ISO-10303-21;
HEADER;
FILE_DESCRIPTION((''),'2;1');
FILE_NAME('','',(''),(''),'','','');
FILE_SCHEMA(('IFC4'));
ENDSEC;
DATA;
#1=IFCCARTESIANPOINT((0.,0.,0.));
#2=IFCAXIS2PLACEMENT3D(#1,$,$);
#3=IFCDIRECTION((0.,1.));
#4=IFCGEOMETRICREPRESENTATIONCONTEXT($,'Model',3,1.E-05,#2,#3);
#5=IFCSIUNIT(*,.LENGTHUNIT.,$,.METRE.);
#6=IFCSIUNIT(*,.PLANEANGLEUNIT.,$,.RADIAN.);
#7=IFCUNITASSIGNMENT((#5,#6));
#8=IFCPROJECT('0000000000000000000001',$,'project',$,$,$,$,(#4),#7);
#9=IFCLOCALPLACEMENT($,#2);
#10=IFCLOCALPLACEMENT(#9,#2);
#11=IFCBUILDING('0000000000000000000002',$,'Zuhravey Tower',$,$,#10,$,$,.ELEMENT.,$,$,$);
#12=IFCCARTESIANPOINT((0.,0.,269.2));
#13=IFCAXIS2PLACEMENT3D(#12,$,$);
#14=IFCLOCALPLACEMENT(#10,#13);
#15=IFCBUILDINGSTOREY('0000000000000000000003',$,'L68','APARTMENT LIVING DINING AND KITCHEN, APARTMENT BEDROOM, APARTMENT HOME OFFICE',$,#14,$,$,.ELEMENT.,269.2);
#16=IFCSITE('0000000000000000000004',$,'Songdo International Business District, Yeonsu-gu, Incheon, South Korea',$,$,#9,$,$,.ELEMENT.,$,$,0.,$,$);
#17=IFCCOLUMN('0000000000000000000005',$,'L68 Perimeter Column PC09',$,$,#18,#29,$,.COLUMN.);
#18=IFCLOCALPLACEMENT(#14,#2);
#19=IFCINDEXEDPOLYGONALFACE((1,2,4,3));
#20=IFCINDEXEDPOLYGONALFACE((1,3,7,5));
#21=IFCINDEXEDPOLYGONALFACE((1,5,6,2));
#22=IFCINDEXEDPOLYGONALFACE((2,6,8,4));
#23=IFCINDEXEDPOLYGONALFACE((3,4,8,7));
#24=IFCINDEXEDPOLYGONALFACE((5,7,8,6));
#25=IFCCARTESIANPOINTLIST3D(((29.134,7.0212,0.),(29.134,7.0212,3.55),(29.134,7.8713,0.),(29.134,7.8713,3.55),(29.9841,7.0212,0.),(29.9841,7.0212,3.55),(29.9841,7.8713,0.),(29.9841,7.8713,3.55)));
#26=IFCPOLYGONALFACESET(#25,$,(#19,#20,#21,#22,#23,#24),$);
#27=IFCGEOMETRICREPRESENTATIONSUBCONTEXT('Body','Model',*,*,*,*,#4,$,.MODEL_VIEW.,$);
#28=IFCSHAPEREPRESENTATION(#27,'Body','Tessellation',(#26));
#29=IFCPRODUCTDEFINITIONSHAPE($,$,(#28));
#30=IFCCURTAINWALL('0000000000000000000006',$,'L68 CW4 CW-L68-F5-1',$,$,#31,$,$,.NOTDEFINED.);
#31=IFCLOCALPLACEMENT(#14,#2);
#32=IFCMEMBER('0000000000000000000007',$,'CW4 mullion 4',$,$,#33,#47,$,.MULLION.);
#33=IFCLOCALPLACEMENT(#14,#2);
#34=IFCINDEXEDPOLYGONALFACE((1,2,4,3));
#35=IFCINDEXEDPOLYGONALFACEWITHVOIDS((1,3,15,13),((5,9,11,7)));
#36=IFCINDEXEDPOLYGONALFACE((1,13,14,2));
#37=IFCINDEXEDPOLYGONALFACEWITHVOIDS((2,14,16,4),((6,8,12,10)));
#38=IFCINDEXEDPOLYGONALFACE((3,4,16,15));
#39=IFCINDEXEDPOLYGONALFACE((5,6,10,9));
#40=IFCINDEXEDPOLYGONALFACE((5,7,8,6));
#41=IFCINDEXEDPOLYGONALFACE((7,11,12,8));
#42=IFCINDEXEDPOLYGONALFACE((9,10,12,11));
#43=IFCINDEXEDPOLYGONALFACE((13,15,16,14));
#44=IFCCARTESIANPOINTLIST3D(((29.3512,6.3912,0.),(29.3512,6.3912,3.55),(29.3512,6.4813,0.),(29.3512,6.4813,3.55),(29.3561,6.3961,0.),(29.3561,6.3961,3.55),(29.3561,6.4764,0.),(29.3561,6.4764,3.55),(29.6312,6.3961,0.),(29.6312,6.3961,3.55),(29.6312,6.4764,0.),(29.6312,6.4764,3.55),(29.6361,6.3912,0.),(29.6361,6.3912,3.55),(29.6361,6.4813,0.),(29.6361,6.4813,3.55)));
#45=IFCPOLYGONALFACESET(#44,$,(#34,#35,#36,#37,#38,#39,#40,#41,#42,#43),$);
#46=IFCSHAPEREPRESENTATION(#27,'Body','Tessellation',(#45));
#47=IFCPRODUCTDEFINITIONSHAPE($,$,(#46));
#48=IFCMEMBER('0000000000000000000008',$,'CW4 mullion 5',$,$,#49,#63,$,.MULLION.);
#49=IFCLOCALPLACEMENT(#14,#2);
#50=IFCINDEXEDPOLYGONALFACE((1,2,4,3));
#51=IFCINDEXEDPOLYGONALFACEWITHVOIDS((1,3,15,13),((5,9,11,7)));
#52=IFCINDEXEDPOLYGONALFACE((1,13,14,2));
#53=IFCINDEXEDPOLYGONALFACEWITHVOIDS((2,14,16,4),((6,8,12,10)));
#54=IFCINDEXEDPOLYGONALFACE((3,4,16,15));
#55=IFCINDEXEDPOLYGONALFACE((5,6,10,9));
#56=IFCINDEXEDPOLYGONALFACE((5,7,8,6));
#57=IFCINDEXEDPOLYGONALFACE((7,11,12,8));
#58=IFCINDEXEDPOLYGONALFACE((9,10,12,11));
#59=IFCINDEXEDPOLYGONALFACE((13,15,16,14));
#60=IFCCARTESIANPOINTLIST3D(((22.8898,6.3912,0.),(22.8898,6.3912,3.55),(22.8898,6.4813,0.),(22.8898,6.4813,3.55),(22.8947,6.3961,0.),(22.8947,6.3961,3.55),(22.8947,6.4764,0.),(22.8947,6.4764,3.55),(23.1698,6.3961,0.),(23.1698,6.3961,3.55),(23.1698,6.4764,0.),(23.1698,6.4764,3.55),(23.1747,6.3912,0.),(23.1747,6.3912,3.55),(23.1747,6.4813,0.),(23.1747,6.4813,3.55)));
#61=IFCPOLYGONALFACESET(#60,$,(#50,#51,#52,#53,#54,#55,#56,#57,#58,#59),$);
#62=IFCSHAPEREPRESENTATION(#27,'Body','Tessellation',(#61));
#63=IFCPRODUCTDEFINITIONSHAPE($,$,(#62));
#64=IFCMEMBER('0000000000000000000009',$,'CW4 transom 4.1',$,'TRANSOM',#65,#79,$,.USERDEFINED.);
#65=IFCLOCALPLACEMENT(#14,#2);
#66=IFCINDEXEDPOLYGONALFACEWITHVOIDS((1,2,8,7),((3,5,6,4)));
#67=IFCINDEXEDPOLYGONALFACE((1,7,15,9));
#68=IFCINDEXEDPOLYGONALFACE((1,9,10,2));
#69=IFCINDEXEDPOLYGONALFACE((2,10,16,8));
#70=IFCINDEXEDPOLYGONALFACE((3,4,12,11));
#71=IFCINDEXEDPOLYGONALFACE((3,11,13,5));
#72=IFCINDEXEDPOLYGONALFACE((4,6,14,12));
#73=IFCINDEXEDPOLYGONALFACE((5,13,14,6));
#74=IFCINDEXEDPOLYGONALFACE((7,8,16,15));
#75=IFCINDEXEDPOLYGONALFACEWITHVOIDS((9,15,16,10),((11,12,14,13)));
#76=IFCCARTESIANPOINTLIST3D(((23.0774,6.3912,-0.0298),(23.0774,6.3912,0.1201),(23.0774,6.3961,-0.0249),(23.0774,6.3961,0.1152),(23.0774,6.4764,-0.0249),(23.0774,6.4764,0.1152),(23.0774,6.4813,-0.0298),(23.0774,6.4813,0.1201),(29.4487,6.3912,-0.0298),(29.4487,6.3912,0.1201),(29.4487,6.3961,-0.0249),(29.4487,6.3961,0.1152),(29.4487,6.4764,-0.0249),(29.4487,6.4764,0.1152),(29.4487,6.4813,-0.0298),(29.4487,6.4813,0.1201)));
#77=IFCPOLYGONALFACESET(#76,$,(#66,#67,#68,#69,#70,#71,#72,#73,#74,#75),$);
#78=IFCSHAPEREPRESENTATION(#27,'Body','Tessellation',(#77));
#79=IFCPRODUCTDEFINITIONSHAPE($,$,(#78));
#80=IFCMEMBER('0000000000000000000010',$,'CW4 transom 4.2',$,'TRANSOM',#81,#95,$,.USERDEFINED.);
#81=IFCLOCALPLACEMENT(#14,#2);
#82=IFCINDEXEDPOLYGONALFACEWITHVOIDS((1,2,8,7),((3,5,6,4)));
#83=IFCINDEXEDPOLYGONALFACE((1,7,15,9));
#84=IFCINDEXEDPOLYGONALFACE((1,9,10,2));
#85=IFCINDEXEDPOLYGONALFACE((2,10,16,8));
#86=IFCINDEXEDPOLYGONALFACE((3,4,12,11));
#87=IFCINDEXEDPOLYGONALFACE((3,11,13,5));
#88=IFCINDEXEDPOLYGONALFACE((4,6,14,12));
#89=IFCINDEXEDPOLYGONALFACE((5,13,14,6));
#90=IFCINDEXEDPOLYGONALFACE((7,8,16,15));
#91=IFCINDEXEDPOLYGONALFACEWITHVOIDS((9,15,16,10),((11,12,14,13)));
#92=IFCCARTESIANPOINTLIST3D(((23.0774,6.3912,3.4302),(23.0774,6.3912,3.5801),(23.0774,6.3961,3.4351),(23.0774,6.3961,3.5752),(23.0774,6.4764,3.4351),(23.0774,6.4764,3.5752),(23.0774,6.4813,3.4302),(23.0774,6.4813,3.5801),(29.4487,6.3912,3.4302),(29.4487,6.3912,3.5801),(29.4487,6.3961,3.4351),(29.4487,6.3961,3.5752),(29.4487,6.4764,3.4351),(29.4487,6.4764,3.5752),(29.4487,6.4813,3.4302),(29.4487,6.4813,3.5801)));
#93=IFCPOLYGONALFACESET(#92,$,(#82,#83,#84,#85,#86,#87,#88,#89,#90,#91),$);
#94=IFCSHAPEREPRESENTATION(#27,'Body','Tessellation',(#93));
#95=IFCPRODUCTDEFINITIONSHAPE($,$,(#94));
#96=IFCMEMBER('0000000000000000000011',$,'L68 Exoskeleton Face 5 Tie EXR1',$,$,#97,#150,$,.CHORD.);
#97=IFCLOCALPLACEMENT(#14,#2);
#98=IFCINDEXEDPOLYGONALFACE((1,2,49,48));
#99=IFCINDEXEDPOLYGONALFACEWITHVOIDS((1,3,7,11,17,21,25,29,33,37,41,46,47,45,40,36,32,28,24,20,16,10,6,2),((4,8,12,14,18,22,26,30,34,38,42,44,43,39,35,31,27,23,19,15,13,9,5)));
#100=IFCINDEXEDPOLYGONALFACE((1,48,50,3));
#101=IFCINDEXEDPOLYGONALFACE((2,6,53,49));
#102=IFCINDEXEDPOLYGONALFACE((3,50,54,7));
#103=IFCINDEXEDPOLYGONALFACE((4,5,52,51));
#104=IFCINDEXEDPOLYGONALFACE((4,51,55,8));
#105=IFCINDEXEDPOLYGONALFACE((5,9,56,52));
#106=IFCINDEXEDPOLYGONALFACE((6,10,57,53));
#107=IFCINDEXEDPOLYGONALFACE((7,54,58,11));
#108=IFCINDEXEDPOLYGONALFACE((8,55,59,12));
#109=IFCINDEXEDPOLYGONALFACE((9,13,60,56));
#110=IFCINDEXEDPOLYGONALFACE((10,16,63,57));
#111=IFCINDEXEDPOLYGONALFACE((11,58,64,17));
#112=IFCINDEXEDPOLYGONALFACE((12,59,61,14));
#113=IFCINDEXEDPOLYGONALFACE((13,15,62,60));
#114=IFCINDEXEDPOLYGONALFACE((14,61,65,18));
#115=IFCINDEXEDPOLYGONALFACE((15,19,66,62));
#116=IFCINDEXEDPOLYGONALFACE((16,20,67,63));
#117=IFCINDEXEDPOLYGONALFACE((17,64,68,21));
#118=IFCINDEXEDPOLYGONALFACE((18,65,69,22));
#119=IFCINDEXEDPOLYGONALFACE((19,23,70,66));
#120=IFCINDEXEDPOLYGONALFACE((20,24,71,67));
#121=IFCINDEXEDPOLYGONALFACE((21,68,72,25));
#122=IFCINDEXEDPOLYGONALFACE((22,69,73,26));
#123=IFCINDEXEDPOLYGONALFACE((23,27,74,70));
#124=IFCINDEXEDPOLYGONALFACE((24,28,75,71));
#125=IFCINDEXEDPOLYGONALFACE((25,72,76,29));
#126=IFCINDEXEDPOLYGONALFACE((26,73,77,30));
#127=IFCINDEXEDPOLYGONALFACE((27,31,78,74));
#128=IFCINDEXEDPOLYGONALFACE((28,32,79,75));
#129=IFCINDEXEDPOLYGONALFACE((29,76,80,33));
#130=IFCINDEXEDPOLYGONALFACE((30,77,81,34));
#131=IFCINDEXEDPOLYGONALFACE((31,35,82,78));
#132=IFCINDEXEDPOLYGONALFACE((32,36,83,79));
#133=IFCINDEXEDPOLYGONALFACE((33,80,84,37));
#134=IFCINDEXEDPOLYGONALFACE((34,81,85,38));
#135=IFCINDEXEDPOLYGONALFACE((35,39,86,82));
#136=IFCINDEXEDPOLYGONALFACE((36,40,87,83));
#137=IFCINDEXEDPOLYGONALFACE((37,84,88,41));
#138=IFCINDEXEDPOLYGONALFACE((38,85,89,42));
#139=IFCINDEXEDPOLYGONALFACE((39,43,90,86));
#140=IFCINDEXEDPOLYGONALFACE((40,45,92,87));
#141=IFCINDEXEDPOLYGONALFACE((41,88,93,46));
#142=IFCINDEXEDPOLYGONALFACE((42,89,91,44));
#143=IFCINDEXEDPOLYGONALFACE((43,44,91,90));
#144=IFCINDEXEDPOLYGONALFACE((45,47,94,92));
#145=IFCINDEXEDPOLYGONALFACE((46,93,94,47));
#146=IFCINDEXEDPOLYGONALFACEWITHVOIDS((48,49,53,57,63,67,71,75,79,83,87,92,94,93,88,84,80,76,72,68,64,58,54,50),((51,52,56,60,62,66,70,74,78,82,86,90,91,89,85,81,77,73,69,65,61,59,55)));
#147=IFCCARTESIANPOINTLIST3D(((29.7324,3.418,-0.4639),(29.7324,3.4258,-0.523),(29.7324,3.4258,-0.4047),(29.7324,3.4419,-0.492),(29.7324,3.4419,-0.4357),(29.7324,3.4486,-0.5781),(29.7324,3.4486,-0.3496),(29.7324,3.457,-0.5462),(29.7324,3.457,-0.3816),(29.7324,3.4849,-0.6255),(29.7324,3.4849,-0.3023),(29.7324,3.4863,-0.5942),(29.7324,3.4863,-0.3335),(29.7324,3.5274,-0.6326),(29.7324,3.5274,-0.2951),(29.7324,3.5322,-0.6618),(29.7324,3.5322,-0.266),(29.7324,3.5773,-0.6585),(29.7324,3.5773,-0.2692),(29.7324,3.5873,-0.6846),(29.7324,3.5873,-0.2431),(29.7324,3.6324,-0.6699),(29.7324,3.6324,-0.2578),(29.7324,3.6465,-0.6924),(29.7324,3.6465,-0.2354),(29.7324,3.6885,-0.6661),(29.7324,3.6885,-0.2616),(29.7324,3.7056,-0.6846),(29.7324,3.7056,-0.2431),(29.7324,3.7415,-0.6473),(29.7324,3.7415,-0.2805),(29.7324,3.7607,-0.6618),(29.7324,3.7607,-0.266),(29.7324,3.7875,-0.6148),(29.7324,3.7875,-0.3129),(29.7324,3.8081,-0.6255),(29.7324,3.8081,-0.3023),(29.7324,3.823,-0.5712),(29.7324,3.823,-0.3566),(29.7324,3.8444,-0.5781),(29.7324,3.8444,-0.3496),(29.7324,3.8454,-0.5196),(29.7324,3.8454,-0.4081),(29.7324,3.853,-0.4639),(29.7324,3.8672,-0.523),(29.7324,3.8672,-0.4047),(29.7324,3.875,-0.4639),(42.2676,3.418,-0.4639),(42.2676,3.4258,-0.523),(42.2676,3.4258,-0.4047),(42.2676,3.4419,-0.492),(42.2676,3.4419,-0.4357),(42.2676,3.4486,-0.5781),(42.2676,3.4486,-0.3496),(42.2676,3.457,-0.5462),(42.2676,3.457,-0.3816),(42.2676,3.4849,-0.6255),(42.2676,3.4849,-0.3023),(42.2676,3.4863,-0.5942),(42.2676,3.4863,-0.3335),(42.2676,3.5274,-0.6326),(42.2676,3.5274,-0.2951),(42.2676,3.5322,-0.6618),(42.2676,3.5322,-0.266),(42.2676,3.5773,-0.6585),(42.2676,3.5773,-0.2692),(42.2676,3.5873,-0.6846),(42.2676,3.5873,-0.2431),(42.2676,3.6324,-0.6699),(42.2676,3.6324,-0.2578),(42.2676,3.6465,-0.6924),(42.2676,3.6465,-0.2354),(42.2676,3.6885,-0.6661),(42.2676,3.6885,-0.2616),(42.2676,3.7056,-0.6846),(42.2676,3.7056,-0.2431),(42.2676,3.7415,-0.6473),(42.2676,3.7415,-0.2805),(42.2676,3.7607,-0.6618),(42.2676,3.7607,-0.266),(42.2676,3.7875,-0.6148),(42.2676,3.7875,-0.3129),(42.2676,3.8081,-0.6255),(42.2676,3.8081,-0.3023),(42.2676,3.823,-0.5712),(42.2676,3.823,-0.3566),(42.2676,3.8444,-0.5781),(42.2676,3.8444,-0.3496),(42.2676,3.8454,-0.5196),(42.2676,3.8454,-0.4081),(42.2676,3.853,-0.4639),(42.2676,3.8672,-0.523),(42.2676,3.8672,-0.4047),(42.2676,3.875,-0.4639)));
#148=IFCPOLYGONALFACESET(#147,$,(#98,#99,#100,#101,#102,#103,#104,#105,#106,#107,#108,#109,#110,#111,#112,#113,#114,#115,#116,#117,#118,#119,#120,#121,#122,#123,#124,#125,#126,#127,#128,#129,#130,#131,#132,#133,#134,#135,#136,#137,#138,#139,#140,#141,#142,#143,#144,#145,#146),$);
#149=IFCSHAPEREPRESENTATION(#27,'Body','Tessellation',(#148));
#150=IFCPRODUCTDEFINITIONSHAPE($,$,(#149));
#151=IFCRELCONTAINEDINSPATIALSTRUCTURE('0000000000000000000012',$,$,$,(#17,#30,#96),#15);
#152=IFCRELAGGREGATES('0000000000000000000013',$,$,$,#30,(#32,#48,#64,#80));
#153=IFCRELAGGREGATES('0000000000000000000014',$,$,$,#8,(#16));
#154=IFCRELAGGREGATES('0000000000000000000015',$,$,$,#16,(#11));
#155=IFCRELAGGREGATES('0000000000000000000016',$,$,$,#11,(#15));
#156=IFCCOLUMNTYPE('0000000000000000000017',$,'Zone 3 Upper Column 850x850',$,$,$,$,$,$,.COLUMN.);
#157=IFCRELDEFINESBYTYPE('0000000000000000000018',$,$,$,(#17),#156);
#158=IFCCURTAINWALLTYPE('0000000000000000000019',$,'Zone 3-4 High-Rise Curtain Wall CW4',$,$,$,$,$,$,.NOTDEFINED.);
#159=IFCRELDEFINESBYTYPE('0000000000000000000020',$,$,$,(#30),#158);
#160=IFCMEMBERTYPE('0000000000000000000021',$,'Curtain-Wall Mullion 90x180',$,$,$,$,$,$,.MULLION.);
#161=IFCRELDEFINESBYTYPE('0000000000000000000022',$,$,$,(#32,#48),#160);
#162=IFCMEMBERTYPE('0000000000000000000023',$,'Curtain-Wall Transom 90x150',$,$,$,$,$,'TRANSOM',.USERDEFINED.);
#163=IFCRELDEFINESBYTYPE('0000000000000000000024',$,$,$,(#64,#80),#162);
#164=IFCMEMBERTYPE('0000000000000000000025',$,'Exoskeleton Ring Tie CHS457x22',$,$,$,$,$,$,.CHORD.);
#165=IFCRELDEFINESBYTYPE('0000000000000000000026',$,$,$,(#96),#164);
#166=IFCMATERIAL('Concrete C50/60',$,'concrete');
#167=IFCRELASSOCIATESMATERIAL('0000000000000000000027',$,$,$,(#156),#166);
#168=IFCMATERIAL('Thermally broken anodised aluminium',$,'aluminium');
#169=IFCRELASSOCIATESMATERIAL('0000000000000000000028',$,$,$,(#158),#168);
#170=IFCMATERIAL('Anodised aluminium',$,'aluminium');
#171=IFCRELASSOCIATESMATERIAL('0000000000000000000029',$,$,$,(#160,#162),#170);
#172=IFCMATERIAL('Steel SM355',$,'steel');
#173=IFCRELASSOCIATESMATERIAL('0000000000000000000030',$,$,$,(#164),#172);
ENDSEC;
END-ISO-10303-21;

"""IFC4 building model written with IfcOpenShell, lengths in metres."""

from ifc_helpers import new_model, si_unit, direction, frame, origin, origin_2d, place, context, subcontext, project, spatial, rectangle, hollow_rectangle, hollow_circle, extrude, material, material_profile, profile_set, type_object, element, aggregate, save


model = new_model("IFC4")

# Units and contexts
model_context = context("Model", 3, precision=1e-05, world=origin(), true_north=direction((0.0, 1.0)))
body_context = subcontext(model_context, "Body", "Model", "MODEL_VIEW")
ifc_project = project(units=[si_unit("LENGTHUNIT", "METRE"), si_unit("PLANEANGLEUNIT", "RADIAN")], contexts=[model_context])

# Site, building, storey
site_placement = place(None, origin())
site = spatial("IfcSite", under=ifc_project, at=site_placement, Name="Songdo International Business District, Yeonsu-gu, Incheon, South Korea", CompositionType="ELEMENT", RefElevation=0.0)
building_placement = place(site_placement, origin())
building = spatial("IfcBuilding", under=site, at=building_placement, Name="Zuhravey Tower", CompositionType="ELEMENT")
storey_placement = place(building_placement, frame((0.0, 0.0, 269.2)))
storey = spatial("IfcBuildingStorey", under=building, at=storey_placement, Name="L68", Description="APARTMENT LIVING DINING AND KITCHEN, APARTMENT BEDROOM, APARTMENT HOME OFFICE", CompositionType="ELEMENT", Elevation=269.2)

# Column
ifc_material_1 = material(Name="Concrete C50/60", Category="concrete")
ifc_material_profile_1 = material_profile(ifc_material_1, rectangle(XDim=0.8501, YDim=0.8501, at=origin_2d()), Name="RC-850x850")
ifc_profile_set_1 = profile_set([ifc_material_profile_1], Name="Concrete C50/60")
column_type = type_object("IfcColumnType", Name="Zone 3 Upper Column 850x850", PredefinedType="COLUMN", material=ifc_profile_set_1)
column_placement = place(storey_placement, frame((29.5591, 7.4463, 0.0), z_axis=(0.0, 0.0, 1.0), x_axis=(1.0, 0.0, 0.0)))
element("IfcColumn", 1, at=column_placement, inside=storey, type_object=column_type, Name="L68 Perimeter Column PC09", PredefinedType="COLUMN", context=body_context, shape_type="SweptSolid", body=[
    extrude(rectangle(XDim=0.8501, YDim=0.8501, at=origin_2d()), origin(), (0.0, 0.0, 1.0), 3.55),
])

# Curtain wall, members
ifc_material_2 = material(Name="Thermally broken anodised aluminium", Category="aluminium")
curtain_wall_type = type_object("IfcCurtainWallType", Name="Zone 3-4 High-Rise Curtain Wall CW4", PredefinedType="NOTDEFINED", material=ifc_material_2)
curtain_wall_placement = place(storey_placement, origin())
curtain_wall = element("IfcCurtainWall", 2, at=curtain_wall_placement, inside=storey, type_object=curtain_wall_type, Name="L68 CW4 CW-L68-F5-1", PredefinedType="NOTDEFINED")
ifc_material_3 = material(Name="Anodised aluminium", Category="aluminium")
ifc_material_profile_2 = material_profile(ifc_material_3, hollow_rectangle(XDim=0.0901, YDim=0.2849, WallThickness=0.0049, at=origin_2d()), Name="ALU-RHS-90x285x5")
ifc_profile_set_2 = profile_set([ifc_material_profile_2], Name="Anodised aluminium")
member_type_1 = type_object("IfcMemberType", Name="Curtain-Wall Mullion 90x180", PredefinedType="MULLION", material=ifc_profile_set_2)
member_1_placement = place(storey_placement, frame((29.4937, 6.4363, 0.0), z_axis=(0.0, 0.0, 1.0), x_axis=(0.0, -1.0, 0.0)))
member_1 = element("IfcMember", 3, at=member_1_placement, type_object=member_type_1, Name="CW4 mullion 4", PredefinedType="MULLION", context=body_context, shape_type="SweptSolid", body=[
    extrude(hollow_rectangle(XDim=0.0901, YDim=0.2849, WallThickness=0.0049, at=origin_2d()), origin(), (0.0, 0.0, 1.0), 3.55),
])
member_2_placement = place(storey_placement, frame((23.0322, 6.4363, 0.0), z_axis=(0.0, 0.0, 1.0), x_axis=(0.0, -1.0, 0.0)))
member_2 = element("IfcMember", 4, at=member_2_placement, type_object=member_type_1, Name="CW4 mullion 5", PredefinedType="MULLION", context=body_context, shape_type="SweptSolid", body=[
    extrude(hollow_rectangle(XDim=0.0901, YDim=0.2849, WallThickness=0.0049, at=origin_2d()), origin(), (0.0, 0.0, 1.0), 3.55),
])
ifc_material_profile_3 = material_profile(ifc_material_3, hollow_rectangle(XDim=0.0901, YDim=0.1499, WallThickness=0.0049, at=origin_2d()), Name="ALU-RHS-90x150x5")
ifc_profile_set_3 = profile_set([ifc_material_profile_3], Name="Anodised aluminium")
member_type_2 = type_object("IfcMemberType", Name="Curtain-Wall Transom 90x150", ElementType="TRANSOM", PredefinedType="USERDEFINED", material=ifc_profile_set_3)
member_3_placement = place(storey_placement, frame((29.4487, 6.4363, 0.0452), z_axis=(-1.0, 0.0, 0.0), x_axis=(0.0, -1.0, 0.0)))
member_3 = element("IfcMember", 5, at=member_3_placement, type_object=member_type_2, Name="CW4 transom 4.1", ObjectType="TRANSOM", PredefinedType="USERDEFINED", context=body_context, shape_type="SweptSolid", body=[
    extrude(hollow_rectangle(XDim=0.0901, YDim=0.1499, WallThickness=0.0049, at=origin_2d()), origin(), (0.0, 0.0, 1.0), 6.3713),
])
member_4_placement = place(storey_placement, frame((29.4487, 6.4363, 3.5051), z_axis=(-1.0, 0.0, 0.0), x_axis=(0.0, -1.0, 0.0)))
member_4 = element("IfcMember", 6, at=member_4_placement, type_object=member_type_2, Name="CW4 transom 4.2", ObjectType="TRANSOM", PredefinedType="USERDEFINED", context=body_context, shape_type="SweptSolid", body=[
    extrude(hollow_rectangle(XDim=0.0901, YDim=0.1499, WallThickness=0.0049, at=origin_2d()), origin(), (0.0, 0.0, 1.0), 6.3713),
])

# Member
ifc_material_4 = material(Name="Steel SM355", Category="steel")
ifc_material_profile_4 = material_profile(ifc_material_4, hollow_circle(Radius=0.2285, WallThickness=0.022, at=origin_2d()), Name="CHS-457.2x22")
ifc_profile_set_4 = profile_set([ifc_material_profile_4], Name="Steel SM355")
member_type_3 = type_object("IfcMemberType", Name="Exoskeleton Ring Tie CHS457x22", PredefinedType="CHORD", material=ifc_profile_set_4)
member_5_placement = place(storey_placement, frame((29.7324, 3.6465, -0.4639), z_axis=(1.0, 0.0, 0.0), x_axis=(0.0, 1.0, 0.0)))
element("IfcMember", 7, at=member_5_placement, inside=storey, type_object=member_type_3, Name="L68 Exoskeleton Face 5 Tie EXR1", PredefinedType="CHORD", context=body_context, shape_type="SweptSolid", body=[
    extrude(hollow_circle(Radius=0.2285, WallThickness=0.022, at=origin_2d()), origin(), (0.0, 0.0, 1.0), 12.5352),
])

aggregate(curtain_wall, [member_1, member_2, member_3, member_4])

save(model, "model.ifc")
